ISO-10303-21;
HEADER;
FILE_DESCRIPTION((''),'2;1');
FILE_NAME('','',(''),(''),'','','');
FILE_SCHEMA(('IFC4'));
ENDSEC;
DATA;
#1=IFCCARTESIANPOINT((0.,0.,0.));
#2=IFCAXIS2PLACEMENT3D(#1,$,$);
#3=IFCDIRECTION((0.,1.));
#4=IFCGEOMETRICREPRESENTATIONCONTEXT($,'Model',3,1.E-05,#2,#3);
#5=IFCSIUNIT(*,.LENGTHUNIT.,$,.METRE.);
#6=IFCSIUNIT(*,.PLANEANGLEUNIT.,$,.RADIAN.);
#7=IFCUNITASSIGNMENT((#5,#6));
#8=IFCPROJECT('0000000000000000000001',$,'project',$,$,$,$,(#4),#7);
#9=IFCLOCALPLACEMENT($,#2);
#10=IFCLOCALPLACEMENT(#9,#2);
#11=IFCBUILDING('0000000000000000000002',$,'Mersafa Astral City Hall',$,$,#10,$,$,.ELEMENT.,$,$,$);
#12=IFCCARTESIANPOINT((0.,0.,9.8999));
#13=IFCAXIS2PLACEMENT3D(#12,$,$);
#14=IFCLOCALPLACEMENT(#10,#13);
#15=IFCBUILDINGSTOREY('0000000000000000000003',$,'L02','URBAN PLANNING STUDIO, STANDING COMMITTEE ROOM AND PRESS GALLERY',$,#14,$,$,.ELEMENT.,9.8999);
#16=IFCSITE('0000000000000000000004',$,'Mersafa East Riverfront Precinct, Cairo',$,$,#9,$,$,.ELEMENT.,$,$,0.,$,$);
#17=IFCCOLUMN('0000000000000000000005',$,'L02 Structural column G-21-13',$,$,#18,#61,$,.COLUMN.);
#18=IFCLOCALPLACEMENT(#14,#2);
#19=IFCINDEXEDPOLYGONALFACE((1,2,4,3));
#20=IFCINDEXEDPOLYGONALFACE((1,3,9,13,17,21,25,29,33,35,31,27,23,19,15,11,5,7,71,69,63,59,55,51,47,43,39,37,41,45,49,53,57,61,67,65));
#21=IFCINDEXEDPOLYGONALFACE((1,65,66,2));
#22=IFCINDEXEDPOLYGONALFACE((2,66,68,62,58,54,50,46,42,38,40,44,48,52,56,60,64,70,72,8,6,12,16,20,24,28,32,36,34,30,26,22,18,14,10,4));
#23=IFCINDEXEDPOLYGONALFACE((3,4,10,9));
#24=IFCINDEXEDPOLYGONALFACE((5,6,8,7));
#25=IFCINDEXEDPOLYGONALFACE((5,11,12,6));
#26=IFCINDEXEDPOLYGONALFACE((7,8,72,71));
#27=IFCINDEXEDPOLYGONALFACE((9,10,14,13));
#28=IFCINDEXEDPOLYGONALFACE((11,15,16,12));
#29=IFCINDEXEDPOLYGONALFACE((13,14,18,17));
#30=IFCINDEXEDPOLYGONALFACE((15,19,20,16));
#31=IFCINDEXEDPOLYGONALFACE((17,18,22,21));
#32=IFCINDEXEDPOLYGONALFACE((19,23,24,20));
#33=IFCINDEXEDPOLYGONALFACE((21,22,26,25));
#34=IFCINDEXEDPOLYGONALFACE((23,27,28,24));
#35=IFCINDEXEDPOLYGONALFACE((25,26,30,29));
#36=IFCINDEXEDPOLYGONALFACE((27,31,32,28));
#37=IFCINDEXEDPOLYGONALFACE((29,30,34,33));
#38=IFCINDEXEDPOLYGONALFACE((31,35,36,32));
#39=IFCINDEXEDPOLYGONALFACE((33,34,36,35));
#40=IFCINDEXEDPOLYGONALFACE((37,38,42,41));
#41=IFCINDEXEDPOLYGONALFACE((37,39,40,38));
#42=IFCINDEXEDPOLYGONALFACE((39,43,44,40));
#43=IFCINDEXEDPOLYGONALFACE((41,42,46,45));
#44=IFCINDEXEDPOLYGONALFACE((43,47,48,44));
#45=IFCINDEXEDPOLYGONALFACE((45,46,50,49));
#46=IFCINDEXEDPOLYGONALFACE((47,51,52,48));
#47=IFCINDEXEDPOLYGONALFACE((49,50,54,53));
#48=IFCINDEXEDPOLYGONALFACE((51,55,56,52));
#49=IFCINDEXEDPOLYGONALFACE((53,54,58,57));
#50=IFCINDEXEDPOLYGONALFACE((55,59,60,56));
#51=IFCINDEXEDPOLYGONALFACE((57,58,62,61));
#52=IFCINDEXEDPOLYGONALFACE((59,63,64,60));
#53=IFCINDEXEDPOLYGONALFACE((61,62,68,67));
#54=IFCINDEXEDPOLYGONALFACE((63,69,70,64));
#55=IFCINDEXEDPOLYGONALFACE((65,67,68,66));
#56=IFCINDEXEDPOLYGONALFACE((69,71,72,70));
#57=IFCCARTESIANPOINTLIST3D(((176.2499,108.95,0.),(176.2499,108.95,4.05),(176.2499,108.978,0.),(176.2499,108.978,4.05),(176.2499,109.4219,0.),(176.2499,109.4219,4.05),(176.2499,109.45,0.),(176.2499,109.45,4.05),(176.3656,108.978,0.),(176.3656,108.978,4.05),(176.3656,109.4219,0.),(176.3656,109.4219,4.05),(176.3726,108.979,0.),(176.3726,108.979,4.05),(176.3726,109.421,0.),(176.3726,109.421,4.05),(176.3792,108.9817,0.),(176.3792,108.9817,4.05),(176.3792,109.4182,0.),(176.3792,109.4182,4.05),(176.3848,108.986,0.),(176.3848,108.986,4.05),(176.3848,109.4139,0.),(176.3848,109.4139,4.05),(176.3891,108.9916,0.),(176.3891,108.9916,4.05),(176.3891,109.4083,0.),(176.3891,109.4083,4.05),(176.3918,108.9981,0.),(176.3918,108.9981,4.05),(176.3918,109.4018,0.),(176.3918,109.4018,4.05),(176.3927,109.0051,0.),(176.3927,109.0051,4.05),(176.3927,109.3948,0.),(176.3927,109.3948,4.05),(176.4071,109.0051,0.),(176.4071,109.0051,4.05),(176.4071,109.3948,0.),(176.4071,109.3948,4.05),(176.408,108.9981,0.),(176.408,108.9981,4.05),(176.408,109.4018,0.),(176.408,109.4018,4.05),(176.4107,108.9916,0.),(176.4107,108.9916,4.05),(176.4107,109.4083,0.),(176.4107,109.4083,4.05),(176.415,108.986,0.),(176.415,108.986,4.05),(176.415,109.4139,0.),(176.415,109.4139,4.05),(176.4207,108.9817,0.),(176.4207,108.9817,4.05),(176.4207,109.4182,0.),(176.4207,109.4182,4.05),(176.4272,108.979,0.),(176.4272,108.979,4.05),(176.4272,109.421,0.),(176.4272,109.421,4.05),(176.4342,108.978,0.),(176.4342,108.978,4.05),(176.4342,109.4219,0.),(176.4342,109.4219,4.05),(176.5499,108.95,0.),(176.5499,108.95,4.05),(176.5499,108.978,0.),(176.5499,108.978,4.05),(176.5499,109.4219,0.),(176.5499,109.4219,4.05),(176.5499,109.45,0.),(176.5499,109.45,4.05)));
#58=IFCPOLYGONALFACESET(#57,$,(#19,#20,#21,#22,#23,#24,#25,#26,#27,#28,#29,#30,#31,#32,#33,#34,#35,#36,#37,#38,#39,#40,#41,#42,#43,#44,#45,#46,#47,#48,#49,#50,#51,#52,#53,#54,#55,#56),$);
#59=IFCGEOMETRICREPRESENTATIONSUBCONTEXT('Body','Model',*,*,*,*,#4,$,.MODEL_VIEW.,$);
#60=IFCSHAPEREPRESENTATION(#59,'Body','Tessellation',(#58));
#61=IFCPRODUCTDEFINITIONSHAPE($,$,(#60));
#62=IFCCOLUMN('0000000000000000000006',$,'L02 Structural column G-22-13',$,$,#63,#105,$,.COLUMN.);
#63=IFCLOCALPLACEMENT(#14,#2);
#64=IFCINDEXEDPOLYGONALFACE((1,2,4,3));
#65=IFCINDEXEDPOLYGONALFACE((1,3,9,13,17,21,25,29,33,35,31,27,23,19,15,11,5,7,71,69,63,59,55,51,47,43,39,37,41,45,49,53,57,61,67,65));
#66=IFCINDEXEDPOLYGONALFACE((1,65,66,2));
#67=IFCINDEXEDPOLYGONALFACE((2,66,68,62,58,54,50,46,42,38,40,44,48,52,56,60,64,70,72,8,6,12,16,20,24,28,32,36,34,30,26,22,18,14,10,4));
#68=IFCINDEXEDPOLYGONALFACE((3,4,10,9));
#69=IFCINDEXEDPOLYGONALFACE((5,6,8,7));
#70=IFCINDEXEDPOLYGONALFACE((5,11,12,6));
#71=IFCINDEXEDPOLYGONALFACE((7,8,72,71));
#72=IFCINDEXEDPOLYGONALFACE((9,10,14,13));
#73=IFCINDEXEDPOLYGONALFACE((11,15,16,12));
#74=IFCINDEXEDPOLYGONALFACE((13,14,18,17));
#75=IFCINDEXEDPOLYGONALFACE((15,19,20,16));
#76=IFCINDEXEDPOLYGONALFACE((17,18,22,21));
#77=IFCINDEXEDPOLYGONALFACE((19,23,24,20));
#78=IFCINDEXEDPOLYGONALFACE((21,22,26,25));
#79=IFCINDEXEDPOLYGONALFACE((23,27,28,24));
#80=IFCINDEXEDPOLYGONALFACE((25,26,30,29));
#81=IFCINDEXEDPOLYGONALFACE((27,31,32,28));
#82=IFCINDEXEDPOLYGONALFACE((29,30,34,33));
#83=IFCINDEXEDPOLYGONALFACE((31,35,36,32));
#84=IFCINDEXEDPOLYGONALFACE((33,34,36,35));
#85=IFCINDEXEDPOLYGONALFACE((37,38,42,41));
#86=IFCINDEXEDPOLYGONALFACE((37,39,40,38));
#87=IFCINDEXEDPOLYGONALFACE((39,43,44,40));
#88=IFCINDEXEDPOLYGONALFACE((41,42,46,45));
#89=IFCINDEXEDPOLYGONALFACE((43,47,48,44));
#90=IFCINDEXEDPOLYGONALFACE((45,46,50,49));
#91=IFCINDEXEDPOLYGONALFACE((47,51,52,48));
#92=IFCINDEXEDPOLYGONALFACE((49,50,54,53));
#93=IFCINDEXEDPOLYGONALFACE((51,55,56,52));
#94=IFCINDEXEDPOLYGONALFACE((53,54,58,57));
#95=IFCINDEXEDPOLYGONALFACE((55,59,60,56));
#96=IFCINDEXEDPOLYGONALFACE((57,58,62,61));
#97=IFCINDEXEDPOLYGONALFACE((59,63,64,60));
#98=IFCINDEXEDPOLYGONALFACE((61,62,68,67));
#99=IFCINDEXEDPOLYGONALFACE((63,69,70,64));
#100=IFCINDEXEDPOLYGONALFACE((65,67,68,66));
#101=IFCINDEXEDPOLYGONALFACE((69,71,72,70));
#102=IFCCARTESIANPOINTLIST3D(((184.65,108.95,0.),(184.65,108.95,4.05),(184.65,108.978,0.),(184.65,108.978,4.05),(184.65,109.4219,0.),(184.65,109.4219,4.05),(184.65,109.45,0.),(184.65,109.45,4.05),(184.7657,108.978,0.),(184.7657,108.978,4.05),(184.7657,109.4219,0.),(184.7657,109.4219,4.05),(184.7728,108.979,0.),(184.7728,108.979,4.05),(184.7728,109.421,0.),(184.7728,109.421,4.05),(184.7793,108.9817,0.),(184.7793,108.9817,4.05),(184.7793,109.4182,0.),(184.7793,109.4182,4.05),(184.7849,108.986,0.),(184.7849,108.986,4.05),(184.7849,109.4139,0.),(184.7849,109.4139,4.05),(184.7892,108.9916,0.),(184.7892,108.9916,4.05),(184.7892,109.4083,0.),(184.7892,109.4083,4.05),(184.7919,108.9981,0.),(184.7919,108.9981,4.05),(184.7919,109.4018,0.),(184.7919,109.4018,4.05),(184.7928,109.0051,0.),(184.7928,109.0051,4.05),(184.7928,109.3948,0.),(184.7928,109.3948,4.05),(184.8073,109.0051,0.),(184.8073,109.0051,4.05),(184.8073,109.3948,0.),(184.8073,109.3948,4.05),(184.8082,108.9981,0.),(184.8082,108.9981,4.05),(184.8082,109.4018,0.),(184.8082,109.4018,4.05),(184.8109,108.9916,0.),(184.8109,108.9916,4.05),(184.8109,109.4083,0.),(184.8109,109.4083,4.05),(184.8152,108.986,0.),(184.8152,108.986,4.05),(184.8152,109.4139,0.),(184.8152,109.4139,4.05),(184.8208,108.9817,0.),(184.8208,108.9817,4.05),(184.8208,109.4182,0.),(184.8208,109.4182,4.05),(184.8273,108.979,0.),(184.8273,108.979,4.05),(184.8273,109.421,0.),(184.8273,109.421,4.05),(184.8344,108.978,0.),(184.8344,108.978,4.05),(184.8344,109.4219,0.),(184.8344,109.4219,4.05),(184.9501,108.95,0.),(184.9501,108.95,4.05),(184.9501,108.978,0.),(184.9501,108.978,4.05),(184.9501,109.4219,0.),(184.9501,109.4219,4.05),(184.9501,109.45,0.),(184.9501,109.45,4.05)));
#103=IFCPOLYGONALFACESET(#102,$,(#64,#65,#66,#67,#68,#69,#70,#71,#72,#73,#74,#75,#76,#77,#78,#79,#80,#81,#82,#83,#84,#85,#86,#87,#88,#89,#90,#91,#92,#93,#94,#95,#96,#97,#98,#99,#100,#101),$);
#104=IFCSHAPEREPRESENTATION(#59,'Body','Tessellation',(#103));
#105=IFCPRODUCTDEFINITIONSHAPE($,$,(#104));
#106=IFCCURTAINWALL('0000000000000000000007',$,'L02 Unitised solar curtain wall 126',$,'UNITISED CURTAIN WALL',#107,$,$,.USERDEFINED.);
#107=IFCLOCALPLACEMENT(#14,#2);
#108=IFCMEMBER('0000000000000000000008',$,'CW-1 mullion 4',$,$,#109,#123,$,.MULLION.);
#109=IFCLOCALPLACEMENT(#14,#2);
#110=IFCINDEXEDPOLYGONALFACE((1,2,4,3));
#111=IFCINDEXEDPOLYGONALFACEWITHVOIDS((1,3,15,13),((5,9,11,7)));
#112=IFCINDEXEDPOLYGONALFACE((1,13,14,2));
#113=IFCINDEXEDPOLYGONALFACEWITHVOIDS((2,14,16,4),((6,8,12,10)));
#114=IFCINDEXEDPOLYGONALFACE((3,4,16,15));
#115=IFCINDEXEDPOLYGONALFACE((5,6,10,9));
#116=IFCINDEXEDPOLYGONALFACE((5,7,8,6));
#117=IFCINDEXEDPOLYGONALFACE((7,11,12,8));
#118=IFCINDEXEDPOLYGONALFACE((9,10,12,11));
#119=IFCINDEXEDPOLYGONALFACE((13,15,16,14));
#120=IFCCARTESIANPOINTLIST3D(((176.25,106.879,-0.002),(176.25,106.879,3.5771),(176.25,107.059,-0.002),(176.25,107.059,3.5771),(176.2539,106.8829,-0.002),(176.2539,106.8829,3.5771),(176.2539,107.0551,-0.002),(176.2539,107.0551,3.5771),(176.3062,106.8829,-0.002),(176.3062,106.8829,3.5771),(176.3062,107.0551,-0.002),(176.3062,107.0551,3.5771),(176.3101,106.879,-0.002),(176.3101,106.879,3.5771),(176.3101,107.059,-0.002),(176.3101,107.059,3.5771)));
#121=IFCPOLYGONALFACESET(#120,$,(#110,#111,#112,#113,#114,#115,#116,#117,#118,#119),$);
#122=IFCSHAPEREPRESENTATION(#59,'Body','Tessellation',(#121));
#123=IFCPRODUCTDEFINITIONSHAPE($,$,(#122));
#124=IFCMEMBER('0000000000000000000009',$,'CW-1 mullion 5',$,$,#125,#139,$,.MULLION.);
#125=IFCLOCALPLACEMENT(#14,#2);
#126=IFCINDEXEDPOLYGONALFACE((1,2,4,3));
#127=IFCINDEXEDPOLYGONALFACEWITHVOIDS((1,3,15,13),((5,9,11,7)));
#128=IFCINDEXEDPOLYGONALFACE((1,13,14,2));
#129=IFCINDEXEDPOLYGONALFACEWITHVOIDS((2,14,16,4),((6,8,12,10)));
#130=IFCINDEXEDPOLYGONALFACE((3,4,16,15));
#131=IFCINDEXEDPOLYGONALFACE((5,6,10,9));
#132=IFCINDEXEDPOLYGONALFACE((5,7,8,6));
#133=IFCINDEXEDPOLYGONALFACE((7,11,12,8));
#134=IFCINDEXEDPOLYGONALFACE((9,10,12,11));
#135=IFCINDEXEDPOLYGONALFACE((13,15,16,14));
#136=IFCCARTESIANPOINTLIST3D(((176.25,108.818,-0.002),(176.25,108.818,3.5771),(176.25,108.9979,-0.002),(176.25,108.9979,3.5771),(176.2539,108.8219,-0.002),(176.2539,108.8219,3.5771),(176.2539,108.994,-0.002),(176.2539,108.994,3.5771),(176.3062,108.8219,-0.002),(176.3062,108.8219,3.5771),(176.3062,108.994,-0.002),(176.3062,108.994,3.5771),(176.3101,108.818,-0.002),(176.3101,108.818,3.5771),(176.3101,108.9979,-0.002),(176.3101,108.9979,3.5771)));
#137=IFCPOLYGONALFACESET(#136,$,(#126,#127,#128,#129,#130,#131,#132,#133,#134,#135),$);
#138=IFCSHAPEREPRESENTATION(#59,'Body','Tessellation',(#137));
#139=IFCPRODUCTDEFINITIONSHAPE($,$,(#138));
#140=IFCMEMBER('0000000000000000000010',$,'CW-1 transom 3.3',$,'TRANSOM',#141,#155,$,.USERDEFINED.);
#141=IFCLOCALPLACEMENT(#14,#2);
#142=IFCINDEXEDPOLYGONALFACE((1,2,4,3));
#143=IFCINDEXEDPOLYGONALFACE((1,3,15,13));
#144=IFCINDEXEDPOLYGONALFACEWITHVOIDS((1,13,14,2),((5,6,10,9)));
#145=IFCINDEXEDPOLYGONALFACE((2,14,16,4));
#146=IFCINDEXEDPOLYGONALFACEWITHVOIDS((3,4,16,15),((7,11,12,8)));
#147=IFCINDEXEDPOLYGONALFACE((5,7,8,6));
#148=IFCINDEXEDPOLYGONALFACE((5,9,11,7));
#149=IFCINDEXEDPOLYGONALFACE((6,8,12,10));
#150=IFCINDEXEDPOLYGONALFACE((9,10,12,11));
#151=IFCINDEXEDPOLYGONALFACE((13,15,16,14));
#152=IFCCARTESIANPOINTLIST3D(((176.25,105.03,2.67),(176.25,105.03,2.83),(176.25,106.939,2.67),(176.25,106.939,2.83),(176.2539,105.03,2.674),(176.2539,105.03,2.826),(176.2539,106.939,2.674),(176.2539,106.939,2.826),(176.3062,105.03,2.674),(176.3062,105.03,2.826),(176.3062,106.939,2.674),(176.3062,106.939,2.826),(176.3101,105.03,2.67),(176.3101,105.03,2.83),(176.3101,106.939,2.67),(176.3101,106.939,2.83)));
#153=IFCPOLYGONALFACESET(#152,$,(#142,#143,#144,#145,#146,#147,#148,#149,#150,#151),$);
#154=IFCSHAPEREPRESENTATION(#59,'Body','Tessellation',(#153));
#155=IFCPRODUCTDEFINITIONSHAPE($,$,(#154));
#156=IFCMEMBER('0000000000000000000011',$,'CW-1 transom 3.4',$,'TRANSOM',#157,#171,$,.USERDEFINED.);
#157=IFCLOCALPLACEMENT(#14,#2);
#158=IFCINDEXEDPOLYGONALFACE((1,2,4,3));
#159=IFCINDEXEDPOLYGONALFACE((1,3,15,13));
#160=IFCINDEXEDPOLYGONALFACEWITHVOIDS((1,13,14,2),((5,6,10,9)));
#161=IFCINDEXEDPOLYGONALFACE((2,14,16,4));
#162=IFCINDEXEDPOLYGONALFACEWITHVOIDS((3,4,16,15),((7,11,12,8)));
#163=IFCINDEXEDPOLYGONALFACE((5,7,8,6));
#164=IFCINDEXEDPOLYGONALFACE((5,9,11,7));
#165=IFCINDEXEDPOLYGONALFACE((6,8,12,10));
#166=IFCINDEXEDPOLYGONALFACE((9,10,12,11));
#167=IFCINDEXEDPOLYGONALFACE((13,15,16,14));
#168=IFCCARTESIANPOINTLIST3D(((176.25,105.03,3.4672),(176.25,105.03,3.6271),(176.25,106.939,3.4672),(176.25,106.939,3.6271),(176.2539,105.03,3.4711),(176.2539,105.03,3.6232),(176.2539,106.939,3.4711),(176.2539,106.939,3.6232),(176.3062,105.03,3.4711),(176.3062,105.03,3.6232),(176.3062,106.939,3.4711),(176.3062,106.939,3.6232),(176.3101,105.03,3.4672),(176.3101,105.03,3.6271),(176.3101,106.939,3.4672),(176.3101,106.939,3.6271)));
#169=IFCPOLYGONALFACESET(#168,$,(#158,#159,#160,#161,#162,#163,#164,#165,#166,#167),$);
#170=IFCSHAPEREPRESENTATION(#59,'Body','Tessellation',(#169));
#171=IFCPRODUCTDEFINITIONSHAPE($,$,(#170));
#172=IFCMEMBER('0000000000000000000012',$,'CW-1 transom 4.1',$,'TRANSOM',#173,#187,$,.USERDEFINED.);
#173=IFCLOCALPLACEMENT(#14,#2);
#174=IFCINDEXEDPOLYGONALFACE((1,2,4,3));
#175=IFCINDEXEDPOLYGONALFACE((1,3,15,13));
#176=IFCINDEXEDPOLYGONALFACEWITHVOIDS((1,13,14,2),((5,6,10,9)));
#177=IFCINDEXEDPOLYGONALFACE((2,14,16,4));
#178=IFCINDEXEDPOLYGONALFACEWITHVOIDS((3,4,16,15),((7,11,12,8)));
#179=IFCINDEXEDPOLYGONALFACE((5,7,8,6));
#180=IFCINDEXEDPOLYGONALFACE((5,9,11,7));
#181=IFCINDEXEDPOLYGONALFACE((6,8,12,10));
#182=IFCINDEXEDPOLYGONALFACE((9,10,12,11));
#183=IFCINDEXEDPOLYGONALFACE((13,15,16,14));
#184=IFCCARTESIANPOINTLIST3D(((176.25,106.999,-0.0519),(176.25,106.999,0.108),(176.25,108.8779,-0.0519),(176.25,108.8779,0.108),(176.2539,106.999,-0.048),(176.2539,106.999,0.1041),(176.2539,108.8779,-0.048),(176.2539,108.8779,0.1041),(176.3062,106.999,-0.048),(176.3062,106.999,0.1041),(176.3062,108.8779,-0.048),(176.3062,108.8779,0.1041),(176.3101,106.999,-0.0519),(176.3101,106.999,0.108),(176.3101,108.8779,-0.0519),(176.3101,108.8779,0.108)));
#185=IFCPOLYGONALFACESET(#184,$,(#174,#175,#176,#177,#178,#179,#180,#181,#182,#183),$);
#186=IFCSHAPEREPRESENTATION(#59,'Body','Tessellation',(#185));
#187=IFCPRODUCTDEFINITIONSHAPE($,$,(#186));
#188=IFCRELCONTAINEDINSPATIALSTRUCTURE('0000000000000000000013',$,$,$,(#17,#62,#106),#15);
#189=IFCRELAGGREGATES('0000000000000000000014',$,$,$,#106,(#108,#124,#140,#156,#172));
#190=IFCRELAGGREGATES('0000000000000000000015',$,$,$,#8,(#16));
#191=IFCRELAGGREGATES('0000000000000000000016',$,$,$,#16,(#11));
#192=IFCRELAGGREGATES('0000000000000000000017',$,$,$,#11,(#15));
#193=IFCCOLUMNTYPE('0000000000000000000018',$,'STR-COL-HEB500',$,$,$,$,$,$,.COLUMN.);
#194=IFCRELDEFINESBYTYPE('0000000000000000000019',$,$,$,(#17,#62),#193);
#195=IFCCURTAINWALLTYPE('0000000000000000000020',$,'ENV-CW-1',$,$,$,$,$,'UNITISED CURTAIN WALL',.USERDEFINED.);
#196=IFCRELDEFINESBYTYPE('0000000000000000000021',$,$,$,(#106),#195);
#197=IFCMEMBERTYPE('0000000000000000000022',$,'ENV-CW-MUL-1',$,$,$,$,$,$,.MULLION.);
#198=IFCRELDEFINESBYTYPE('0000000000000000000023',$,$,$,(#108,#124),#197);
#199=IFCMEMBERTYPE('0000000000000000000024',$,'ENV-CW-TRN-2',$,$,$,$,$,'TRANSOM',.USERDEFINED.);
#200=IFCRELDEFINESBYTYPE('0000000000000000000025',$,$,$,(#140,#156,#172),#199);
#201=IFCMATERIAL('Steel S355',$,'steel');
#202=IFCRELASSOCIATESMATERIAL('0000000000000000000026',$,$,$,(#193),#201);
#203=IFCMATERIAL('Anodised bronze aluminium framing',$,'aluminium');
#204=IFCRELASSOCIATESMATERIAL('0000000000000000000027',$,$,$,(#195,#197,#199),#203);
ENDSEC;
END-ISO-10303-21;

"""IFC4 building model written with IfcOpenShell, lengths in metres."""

from ifc_helpers import new_model, si_unit, direction, frame, origin, origin_2d, place, context, subcontext, project, spatial, hollow_rectangle, i_section, extrude, material, material_profile, profile_set, type_object, element, aggregate, save


model = new_model("IFC4")

# Units and contexts
model_context = context("Model", 3, precision=1e-05, world=origin(), true_north=direction((0.0, 1.0)))
body_context = subcontext(model_context, "Body", "Model", "MODEL_VIEW")
ifc_project = project(units=[si_unit("LENGTHUNIT", "METRE"), si_unit("PLANEANGLEUNIT", "RADIAN")], contexts=[model_context])

# Site, building, storey
site_placement = place(None, origin())
site = spatial("IfcSite", under=ifc_project, at=site_placement, Name="Mersafa East Riverfront Precinct, Cairo", CompositionType="ELEMENT", RefElevation=0.0)
building_placement = place(site_placement, origin())
building = spatial("IfcBuilding", under=site, at=building_placement, Name="Mersafa Astral City Hall", CompositionType="ELEMENT")
storey_placement = place(building_placement, frame((0.0, 0.0, 9.8999)))
storey = spatial("IfcBuildingStorey", under=building, at=storey_placement, Name="L02", Description="URBAN PLANNING STUDIO, STANDING COMMITTEE ROOM AND PRESS GALLERY", CompositionType="ELEMENT", Elevation=9.8999)

# Columns
ifc_material_1 = material(Name="Steel S355", Category="steel")
ifc_material_profile_1 = material_profile(ifc_material_1, i_section(OverallWidth=0.3, OverallDepth=0.5, WebThickness=0.0144, FlangeThickness=0.0281, FilletRadius=0.0271, at=origin_2d()), Name="HEB 500")
ifc_profile_set_1 = profile_set([ifc_material_profile_1], Name="Steel S355")
column_type = type_object("IfcColumnType", Name="STR-COL-HEB500", PredefinedType="COLUMN", material=ifc_profile_set_1)
for number, where, z_axis, x_axis, name in (
    (1, (176.3999, 109.2, 0.0), (0.0, 0.0, 1.0), (1.0, 0.0, 0.0), "L02 Structural column G-21-13"),
    (2, (184.8, 109.2, 0.0), (0.0, 0.0, 1.0), (1.0, 0.0, 0.0), "L02 Structural column G-22-13"),
):
    element("IfcColumn", number, at=place(storey_placement, frame(where, z_axis=z_axis, x_axis=x_axis)), inside=storey, type_object=column_type, Name=name, PredefinedType="COLUMN", context=body_context, shape_type="SweptSolid", body=[
        extrude(i_section(OverallWidth=0.3, OverallDepth=0.5, WebThickness=0.0144, FlangeThickness=0.0281, FilletRadius=0.0271, at=origin_2d()), origin(), (0.0, 0.0, 1.0), 4.05),
    ])

# Curtain wall, members
ifc_material_2 = material(Name="Anodised bronze aluminium framing", Category="aluminium")
curtain_wall_type = type_object("IfcCurtainWallType", Name="ENV-CW-1", ElementType="UNITISED CURTAIN WALL", PredefinedType="USERDEFINED", material=ifc_material_2)
curtain_wall_placement = place(storey_placement, origin())
curtain_wall = element("IfcCurtainWall", 3, at=curtain_wall_placement, inside=storey, type_object=curtain_wall_type, Name="L02 Unitised solar curtain wall 126", ObjectType="UNITISED CURTAIN WALL", PredefinedType="USERDEFINED")
ifc_material_profile_2 = material_profile(ifc_material_2, hollow_rectangle(XDim=0.0601, YDim=0.1799, WallThickness=0.0039, at=origin_2d()), Name="RHS 60x180x4")
ifc_profile_set_2 = profile_set([ifc_material_profile_2], Name="Anodised bronze aluminium framing")
member_type_1 = type_object("IfcMemberType", Name="ENV-CW-MUL-1", PredefinedType="MULLION", material=ifc_profile_set_2)
member_1_placement = place(storey_placement, frame((176.28, 106.969, -0.002), z_axis=(0.0, 0.0, 1.0), x_axis=(-1.0, 0.0, 0.0)))
member_1 = element("IfcMember", 4, at=member_1_placement, type_object=member_type_1, Name="CW-1 mullion 4", PredefinedType="MULLION", context=body_context, shape_type="SweptSolid", body=[
    extrude(hollow_rectangle(XDim=0.0601, YDim=0.1799, WallThickness=0.0039, at=origin_2d()), origin(), (0.0, 0.0, 1.0), 3.5791),
])
member_2_placement = place(storey_placement, frame((176.28, 108.908, -0.002), z_axis=(0.0, 0.0, 1.0), x_axis=(-1.0, 0.0, 0.0)))
member_2 = element("IfcMember", 5, at=member_2_placement, type_object=member_type_1, Name="CW-1 mullion 5", PredefinedType="MULLION", context=body_context, shape_type="SweptSolid", body=[
    extrude(hollow_rectangle(XDim=0.0601, YDim=0.1799, WallThickness=0.0039, at=origin_2d()), origin(), (0.0, 0.0, 1.0), 3.5791),
])
ifc_material_profile_3 = material_profile(ifc_material_2, hollow_rectangle(XDim=0.0601, YDim=0.1599, WallThickness=0.0039, at=origin_2d()), Name="RHS 60x160x4")
ifc_profile_set_3 = profile_set([ifc_material_profile_3], Name="Anodised bronze aluminium framing")
member_type_2 = type_object("IfcMemberType", Name="ENV-CW-TRN-2", ElementType="TRANSOM", PredefinedType="USERDEFINED", material=ifc_profile_set_3)
member_3_placement = place(storey_placement, frame((176.28, 105.03, 2.75), z_axis=(0.0, 1.0, 0.0), x_axis=(-1.0, 0.0, 0.0)))
member_3 = element("IfcMember", 6, at=member_3_placement, type_object=member_type_2, Name="CW-1 transom 3.3", ObjectType="TRANSOM", PredefinedType="USERDEFINED", context=body_context, shape_type="SweptSolid", body=[
    extrude(hollow_rectangle(XDim=0.0601, YDim=0.1599, WallThickness=0.0039, at=origin_2d()), origin(), (0.0, 0.0, 1.0), 1.9089),
])
member_4_placement = place(storey_placement, frame((176.28, 105.03, 3.5471), z_axis=(0.0, 1.0, 0.0), x_axis=(-1.0, 0.0, 0.0)))
member_4 = element("IfcMember", 7, at=member_4_placement, type_object=member_type_2, Name="CW-1 transom 3.4", ObjectType="TRANSOM", PredefinedType="USERDEFINED", context=body_context, shape_type="SweptSolid", body=[
    extrude(hollow_rectangle(XDim=0.0601, YDim=0.1599, WallThickness=0.0039, at=origin_2d()), origin(), (0.0, 0.0, 1.0), 1.9089),
])
member_5_placement = place(storey_placement, frame((176.28, 106.999, 0.0281), z_axis=(0.0, 1.0, 0.0), x_axis=(-1.0, 0.0, 0.0)))
member_5 = element("IfcMember", 8, at=member_5_placement, type_object=member_type_2, Name="CW-1 transom 4.1", ObjectType="TRANSOM", PredefinedType="USERDEFINED", context=body_context, shape_type="SweptSolid", body=[
    extrude(hollow_rectangle(XDim=0.0601, YDim=0.1599, WallThickness=0.0039, at=origin_2d()), origin(), (0.0, 0.0, 1.0), 1.8789),
])

aggregate(curtain_wall, [member_1, member_2, member_3, member_4, member_5])

save(model, "model.ifc")
